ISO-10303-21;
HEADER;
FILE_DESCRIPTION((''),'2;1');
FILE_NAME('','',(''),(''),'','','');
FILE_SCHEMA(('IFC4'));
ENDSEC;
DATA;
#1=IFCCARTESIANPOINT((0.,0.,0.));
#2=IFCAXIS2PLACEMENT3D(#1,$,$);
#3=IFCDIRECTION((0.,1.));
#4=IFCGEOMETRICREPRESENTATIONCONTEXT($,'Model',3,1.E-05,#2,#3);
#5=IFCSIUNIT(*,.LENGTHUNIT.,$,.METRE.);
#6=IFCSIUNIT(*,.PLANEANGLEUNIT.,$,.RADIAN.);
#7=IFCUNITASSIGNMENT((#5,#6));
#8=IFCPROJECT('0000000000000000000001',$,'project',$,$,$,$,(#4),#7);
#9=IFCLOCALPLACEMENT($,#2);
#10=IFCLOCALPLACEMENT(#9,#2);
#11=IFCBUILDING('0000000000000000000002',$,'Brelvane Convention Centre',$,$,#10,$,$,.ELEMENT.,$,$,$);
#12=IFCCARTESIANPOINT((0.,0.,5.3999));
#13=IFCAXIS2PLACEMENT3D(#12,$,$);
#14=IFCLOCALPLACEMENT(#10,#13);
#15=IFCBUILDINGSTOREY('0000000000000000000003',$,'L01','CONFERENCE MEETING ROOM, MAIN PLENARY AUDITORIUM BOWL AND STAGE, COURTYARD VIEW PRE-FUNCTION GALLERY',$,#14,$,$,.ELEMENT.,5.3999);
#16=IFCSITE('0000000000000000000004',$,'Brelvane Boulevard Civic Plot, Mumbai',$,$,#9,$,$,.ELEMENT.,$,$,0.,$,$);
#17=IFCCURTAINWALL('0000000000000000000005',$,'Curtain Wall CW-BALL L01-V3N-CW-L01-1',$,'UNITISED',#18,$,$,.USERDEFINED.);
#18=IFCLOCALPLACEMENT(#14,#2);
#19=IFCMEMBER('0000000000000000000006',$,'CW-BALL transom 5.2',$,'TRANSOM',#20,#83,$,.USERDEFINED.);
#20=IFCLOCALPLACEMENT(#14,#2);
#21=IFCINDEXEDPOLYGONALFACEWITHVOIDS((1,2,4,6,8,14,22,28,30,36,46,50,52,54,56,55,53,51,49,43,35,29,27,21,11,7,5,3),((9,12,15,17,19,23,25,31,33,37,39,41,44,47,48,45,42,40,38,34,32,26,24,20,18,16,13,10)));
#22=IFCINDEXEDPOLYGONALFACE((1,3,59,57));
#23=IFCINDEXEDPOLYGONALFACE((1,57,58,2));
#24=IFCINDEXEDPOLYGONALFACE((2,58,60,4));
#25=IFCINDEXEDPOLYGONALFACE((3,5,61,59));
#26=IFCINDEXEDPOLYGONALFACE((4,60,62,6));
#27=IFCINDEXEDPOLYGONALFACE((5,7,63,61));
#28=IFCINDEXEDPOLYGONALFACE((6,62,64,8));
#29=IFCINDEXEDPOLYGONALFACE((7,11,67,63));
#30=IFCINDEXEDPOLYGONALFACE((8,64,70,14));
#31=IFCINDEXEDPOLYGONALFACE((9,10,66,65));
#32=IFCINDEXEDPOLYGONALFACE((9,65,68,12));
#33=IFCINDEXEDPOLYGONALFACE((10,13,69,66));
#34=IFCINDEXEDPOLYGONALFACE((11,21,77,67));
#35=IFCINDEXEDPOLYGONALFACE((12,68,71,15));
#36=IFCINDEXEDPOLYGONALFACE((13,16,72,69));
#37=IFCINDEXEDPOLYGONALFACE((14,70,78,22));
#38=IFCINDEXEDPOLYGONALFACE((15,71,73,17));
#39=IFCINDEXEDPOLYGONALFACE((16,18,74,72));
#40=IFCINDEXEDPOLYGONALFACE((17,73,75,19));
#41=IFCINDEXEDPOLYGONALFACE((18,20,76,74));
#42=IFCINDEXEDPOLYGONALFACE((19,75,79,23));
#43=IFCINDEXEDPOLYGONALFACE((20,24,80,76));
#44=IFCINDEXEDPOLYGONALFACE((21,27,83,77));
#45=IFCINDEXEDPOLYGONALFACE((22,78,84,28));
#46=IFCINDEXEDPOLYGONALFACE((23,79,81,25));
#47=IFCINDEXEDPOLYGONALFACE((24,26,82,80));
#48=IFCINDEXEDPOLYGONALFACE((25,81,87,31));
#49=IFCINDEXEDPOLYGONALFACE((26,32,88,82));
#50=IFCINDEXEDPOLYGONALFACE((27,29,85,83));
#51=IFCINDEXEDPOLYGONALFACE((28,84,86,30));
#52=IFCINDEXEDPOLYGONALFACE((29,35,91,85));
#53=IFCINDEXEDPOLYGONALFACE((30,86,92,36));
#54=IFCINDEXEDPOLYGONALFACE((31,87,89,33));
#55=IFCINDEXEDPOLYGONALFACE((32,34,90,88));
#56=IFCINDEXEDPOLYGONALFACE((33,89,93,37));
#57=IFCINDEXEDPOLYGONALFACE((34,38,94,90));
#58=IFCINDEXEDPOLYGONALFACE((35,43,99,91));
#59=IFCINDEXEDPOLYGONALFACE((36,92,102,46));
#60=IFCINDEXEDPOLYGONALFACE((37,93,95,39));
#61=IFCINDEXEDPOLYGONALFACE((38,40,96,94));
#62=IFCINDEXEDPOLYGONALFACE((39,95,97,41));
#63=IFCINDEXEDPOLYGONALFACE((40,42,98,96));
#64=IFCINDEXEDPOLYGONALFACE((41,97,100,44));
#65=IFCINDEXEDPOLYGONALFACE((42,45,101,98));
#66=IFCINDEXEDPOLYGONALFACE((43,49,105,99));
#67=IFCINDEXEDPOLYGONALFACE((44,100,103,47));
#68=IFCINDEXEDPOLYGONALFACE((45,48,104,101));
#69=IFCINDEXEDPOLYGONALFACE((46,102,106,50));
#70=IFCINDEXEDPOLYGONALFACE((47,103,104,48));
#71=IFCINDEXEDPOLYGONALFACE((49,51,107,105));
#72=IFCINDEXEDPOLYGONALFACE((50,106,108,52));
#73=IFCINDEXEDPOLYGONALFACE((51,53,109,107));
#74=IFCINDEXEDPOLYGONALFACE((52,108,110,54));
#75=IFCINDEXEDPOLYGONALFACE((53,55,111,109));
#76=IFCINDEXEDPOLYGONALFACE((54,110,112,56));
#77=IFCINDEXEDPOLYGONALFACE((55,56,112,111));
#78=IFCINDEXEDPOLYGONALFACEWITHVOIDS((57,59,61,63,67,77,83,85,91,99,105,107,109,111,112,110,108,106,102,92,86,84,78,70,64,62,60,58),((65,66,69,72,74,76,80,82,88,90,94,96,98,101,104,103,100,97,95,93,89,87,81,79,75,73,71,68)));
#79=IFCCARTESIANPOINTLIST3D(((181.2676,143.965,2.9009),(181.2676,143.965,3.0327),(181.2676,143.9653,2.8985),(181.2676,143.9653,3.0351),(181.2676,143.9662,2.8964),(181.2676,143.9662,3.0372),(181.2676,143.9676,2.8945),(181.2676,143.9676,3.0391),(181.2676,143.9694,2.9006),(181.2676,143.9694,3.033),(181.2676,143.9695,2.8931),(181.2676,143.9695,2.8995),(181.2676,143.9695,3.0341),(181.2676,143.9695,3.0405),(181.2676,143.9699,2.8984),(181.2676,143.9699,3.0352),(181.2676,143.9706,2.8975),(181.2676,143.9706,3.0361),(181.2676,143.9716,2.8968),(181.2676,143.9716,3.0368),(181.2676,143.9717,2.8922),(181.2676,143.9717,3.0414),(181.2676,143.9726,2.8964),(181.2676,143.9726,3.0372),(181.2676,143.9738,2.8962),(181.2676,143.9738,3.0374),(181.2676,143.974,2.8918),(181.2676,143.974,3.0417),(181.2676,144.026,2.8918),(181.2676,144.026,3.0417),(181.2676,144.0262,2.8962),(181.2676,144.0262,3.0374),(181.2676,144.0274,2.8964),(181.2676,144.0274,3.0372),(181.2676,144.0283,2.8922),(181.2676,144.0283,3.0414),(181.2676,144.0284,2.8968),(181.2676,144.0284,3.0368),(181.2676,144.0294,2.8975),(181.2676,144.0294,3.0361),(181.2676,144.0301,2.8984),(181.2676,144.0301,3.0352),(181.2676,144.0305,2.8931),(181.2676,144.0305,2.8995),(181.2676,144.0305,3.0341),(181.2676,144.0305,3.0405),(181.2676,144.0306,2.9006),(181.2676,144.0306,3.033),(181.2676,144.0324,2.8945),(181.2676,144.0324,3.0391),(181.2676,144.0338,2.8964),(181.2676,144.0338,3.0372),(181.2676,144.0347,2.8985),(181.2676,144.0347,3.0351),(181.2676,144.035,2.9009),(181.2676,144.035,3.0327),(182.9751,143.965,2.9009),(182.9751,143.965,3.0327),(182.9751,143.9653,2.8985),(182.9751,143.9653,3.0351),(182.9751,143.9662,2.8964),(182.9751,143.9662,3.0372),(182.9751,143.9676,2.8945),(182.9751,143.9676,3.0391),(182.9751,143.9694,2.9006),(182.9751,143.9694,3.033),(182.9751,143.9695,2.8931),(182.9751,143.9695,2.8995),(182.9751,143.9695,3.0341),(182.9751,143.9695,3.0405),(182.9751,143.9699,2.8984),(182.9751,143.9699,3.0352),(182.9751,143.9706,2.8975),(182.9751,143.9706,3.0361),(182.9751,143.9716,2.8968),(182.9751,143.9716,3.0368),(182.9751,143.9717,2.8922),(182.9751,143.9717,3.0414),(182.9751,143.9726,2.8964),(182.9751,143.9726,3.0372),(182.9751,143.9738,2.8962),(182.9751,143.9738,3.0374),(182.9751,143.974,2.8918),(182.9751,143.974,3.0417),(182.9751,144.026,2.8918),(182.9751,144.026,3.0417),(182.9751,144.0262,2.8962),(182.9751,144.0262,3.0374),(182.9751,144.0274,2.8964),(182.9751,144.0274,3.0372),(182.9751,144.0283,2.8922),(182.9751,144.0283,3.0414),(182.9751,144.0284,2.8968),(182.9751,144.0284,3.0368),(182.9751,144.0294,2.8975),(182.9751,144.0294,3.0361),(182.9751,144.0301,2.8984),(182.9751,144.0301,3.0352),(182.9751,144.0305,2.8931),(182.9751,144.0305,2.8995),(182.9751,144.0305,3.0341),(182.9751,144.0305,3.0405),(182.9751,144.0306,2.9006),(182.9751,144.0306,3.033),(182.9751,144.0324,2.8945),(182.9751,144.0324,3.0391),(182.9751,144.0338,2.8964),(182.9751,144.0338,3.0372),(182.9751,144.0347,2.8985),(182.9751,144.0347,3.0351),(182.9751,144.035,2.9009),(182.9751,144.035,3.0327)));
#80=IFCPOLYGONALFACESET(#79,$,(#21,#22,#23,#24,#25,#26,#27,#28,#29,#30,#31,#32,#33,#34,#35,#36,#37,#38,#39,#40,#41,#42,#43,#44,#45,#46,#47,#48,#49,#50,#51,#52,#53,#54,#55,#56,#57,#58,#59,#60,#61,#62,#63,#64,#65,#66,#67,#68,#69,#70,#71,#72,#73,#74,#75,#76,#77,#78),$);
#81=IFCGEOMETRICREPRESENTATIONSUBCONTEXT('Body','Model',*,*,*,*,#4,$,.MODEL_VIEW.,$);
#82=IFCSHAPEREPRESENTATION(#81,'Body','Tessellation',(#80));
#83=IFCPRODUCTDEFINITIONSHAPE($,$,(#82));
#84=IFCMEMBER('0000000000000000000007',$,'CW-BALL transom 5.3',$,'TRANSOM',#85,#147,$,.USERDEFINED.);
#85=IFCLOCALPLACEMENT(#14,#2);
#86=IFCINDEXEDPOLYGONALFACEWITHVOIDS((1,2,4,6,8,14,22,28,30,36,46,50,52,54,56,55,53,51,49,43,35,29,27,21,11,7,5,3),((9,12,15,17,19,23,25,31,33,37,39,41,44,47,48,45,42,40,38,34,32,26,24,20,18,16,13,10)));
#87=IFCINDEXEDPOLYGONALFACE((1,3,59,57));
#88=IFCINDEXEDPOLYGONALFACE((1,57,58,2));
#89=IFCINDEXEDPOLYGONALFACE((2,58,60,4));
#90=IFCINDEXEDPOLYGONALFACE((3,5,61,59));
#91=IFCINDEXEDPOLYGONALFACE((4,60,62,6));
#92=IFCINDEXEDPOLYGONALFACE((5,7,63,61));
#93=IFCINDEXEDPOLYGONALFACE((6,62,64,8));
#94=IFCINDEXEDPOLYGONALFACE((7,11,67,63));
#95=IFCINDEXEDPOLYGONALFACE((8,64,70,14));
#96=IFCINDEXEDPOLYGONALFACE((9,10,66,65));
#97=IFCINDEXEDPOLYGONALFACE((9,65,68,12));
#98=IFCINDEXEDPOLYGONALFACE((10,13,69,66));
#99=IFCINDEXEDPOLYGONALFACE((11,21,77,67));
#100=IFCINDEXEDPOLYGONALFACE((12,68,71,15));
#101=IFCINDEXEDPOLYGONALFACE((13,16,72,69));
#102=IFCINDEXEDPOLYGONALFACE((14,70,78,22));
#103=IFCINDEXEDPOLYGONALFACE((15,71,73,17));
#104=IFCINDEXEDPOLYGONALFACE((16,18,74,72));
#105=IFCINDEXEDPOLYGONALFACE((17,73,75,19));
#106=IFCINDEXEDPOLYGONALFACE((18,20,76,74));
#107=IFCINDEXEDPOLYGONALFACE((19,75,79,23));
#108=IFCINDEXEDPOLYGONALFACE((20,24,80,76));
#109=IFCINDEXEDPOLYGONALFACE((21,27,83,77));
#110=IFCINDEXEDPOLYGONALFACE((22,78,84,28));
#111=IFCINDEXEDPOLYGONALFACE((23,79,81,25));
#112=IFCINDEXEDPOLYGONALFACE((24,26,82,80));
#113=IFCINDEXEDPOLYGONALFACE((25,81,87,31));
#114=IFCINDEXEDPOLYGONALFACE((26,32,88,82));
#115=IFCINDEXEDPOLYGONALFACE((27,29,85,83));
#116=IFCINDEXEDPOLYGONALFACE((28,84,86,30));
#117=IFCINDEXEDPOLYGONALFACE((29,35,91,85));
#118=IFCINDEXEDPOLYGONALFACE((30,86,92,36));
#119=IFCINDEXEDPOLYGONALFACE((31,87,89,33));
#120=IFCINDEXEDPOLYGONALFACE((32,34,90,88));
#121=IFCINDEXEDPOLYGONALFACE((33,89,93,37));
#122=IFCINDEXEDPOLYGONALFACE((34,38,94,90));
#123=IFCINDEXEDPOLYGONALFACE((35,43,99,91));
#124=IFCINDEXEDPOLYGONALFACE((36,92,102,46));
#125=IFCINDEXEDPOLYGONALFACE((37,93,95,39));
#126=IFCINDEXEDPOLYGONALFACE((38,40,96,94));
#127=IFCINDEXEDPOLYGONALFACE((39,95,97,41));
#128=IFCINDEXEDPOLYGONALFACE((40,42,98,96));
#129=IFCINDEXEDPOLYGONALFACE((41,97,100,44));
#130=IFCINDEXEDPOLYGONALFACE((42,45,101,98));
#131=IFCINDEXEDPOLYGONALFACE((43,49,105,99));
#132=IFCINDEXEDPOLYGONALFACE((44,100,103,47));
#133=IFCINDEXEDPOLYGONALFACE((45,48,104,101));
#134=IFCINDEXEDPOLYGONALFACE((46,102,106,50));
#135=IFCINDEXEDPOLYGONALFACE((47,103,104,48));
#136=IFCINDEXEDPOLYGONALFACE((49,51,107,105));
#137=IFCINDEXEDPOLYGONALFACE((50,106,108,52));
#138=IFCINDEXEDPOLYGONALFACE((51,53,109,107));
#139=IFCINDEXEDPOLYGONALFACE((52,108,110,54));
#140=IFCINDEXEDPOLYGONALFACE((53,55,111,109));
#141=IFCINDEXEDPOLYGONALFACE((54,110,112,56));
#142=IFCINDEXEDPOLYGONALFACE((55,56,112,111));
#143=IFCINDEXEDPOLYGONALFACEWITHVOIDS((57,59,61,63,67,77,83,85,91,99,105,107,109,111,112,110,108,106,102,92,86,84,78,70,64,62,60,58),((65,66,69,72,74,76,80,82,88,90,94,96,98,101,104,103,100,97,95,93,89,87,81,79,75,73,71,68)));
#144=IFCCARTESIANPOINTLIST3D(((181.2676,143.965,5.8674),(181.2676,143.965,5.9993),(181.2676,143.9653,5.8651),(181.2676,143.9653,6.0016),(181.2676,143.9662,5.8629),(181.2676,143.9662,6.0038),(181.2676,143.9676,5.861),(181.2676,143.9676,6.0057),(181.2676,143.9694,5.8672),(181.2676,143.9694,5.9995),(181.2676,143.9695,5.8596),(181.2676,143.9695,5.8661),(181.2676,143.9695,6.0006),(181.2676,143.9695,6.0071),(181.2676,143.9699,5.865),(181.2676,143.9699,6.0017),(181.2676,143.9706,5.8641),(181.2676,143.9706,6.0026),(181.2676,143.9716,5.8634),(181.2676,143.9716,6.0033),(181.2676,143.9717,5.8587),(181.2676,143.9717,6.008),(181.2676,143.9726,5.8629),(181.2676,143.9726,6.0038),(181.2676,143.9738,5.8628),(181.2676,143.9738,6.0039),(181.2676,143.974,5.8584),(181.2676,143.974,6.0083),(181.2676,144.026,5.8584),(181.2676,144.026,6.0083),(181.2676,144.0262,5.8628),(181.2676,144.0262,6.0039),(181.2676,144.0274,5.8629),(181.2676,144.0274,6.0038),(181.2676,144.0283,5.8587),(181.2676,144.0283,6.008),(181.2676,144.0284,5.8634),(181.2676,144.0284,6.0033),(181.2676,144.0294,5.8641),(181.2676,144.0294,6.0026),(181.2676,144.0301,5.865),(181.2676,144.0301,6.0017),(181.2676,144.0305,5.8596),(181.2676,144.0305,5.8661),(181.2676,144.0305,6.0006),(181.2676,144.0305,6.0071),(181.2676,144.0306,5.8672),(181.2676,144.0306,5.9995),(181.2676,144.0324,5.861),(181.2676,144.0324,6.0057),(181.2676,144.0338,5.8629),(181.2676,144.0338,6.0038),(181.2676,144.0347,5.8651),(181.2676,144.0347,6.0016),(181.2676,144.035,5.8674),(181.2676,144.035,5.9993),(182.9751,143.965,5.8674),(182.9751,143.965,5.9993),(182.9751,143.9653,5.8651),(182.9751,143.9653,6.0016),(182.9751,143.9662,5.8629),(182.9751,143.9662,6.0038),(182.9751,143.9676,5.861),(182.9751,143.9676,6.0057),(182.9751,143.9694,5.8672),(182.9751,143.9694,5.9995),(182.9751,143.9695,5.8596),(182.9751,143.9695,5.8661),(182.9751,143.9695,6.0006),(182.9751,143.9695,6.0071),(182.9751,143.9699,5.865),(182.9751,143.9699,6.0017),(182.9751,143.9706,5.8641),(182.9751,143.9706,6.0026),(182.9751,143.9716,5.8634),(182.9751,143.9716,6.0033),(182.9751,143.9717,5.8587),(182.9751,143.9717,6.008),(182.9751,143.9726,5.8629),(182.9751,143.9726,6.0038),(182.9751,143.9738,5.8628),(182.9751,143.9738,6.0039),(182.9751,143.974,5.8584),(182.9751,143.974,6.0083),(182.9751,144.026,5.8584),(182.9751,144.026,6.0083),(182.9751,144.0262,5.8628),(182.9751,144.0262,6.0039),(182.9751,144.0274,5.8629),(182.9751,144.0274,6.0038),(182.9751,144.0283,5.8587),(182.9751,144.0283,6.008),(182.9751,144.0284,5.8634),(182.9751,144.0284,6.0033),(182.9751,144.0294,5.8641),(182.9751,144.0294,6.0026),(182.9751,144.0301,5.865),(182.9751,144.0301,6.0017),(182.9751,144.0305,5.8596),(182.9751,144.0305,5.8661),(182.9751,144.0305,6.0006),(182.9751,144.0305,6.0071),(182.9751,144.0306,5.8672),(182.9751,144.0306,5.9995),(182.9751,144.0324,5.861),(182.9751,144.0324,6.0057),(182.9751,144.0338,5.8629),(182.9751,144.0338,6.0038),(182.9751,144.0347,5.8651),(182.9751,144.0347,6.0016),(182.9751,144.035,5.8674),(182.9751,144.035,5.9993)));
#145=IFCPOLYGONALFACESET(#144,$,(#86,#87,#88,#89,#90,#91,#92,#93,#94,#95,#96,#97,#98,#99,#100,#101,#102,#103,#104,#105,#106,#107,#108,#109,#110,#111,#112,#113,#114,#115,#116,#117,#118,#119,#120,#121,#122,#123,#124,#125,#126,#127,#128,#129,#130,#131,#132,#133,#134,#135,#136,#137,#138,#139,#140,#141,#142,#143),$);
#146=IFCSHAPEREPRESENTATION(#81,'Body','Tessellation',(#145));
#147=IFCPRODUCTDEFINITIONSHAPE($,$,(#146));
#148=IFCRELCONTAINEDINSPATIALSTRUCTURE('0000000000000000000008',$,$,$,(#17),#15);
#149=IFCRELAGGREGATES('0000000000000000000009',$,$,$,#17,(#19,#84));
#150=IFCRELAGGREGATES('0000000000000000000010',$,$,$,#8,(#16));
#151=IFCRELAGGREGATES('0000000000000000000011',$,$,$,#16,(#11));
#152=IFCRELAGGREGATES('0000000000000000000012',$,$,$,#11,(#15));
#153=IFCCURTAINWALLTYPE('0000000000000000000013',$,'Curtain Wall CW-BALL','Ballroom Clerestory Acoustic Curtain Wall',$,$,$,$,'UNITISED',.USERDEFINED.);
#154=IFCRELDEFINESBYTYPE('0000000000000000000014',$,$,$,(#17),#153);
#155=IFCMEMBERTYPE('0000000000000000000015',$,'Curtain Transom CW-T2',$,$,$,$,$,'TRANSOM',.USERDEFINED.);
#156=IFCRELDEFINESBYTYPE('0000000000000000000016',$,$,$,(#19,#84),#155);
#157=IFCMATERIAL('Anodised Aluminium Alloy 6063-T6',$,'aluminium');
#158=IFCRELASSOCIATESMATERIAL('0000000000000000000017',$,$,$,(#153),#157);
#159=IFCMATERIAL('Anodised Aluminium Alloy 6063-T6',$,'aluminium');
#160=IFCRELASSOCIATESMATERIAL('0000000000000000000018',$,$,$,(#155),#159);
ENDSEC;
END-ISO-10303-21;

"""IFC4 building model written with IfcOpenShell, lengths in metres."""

from ifc_helpers import new_model, si_unit, direction, frame, origin, origin_2d, place, context, subcontext, project, spatial, hollow_rectangle, extrude, material, material_profile, profile_set, type_object, element, aggregate, save


model = new_model("IFC4")

# Units and contexts
model_context = context("Model", 3, precision=1e-05, world=origin(), true_north=direction((0.0, 1.0)))
body_context = subcontext(model_context, "Body", "Model", "MODEL_VIEW")
ifc_project = project(units=[si_unit("LENGTHUNIT", "METRE"), si_unit("PLANEANGLEUNIT", "RADIAN")], contexts=[model_context])

# Site, building, storey
site_placement = place(None, origin())
site = spatial("IfcSite", under=ifc_project, at=site_placement, Name="Brelvane Boulevard Civic Plot, Mumbai", CompositionType="ELEMENT", RefElevation=0.0)
building_placement = place(site_placement, origin())
building = spatial("IfcBuilding", under=site, at=building_placement, Name="Brelvane Convention Centre", CompositionType="ELEMENT")
storey_placement = place(building_placement, frame((0.0, 0.0, 5.3999)))
storey = spatial("IfcBuildingStorey", under=building, at=storey_placement, Name="L01", Description="CONFERENCE MEETING ROOM, MAIN PLENARY AUDITORIUM BOWL AND STAGE, COURTYARD VIEW PRE-FUNCTION GALLERY", CompositionType="ELEMENT", Elevation=5.3999)

# Curtain wall, members
ifc_material_1 = material(Name="Anodised Aluminium Alloy 6063-T6", Category="aluminium")
curtain_wall_type = type_object("IfcCurtainWallType", Name="Curtain Wall CW-BALL", Description="Ballroom Clerestory Acoustic Curtain Wall", ElementType="UNITISED", PredefinedType="USERDEFINED", material=ifc_material_1)
curtain_wall_placement = place(storey_placement, origin())
curtain_wall = element("IfcCurtainWall", 1, at=curtain_wall_placement, inside=storey, type_object=curtain_wall_type, Name="Curtain Wall CW-BALL L01-V3N-CW-L01-1", ObjectType="UNITISED", PredefinedType="USERDEFINED")
ifc_material_2 = material(Name="Anodised Aluminium Alloy 6063-T6", Category="aluminium")
ifc_material_profile_1 = material_profile(ifc_material_2, hollow_rectangle(XDim=0.0701, YDim=0.1499, WallThickness=0.0044, InnerFilletRadius=0.0044, OuterFilletRadius=0.009, at=origin_2d()), Name="ALU-T 150x70x4.5")
ifc_profile_set_1 = profile_set([ifc_material_profile_1], Name="Anodised Aluminium Alloy 6063-T6")
member_type_1 = type_object("IfcMemberType", Name="Curtain Transom CW-T2", ElementType="TRANSOM", PredefinedType="USERDEFINED", material=ifc_profile_set_1)
member_1_placement = place(storey_placement, frame((181.2676, 144.0, 2.9668), z_axis=(1.0, 0.0, 0.0), x_axis=(0.0, 1.0, 0.0)))
member_1 = element("IfcMember", 2, at=member_1_placement, type_object=member_type_1, Name="CW-BALL transom 5.2", ObjectType="TRANSOM", PredefinedType="USERDEFINED", context=body_context, shape_type="SweptSolid", body=[
    extrude(hollow_rectangle(XDim=0.0701, YDim=0.1499, WallThickness=0.0044, InnerFilletRadius=0.0044, OuterFilletRadius=0.009, at=origin_2d()), origin(), (0.0, 0.0, 1.0), 1.7075),
])
member_2_placement = place(storey_placement, frame((181.2676, 144.0, 5.9333), z_axis=(1.0, 0.0, 0.0), x_axis=(0.0, 1.0, 0.0)))
member_2 = element("IfcMember", 3, at=member_2_placement, type_object=member_type_1, Name="CW-BALL transom 5.3", ObjectType="TRANSOM", PredefinedType="USERDEFINED", context=body_context, shape_type="SweptSolid", body=[
    extrude(hollow_rectangle(XDim=0.0701, YDim=0.1499, WallThickness=0.0044, InnerFilletRadius=0.0044, OuterFilletRadius=0.009, at=origin_2d()), origin(), (0.0, 0.0, 1.0), 1.7075),
])
aggregate(curtain_wall, [member_1, member_2])

save(model, "model.ifc")
